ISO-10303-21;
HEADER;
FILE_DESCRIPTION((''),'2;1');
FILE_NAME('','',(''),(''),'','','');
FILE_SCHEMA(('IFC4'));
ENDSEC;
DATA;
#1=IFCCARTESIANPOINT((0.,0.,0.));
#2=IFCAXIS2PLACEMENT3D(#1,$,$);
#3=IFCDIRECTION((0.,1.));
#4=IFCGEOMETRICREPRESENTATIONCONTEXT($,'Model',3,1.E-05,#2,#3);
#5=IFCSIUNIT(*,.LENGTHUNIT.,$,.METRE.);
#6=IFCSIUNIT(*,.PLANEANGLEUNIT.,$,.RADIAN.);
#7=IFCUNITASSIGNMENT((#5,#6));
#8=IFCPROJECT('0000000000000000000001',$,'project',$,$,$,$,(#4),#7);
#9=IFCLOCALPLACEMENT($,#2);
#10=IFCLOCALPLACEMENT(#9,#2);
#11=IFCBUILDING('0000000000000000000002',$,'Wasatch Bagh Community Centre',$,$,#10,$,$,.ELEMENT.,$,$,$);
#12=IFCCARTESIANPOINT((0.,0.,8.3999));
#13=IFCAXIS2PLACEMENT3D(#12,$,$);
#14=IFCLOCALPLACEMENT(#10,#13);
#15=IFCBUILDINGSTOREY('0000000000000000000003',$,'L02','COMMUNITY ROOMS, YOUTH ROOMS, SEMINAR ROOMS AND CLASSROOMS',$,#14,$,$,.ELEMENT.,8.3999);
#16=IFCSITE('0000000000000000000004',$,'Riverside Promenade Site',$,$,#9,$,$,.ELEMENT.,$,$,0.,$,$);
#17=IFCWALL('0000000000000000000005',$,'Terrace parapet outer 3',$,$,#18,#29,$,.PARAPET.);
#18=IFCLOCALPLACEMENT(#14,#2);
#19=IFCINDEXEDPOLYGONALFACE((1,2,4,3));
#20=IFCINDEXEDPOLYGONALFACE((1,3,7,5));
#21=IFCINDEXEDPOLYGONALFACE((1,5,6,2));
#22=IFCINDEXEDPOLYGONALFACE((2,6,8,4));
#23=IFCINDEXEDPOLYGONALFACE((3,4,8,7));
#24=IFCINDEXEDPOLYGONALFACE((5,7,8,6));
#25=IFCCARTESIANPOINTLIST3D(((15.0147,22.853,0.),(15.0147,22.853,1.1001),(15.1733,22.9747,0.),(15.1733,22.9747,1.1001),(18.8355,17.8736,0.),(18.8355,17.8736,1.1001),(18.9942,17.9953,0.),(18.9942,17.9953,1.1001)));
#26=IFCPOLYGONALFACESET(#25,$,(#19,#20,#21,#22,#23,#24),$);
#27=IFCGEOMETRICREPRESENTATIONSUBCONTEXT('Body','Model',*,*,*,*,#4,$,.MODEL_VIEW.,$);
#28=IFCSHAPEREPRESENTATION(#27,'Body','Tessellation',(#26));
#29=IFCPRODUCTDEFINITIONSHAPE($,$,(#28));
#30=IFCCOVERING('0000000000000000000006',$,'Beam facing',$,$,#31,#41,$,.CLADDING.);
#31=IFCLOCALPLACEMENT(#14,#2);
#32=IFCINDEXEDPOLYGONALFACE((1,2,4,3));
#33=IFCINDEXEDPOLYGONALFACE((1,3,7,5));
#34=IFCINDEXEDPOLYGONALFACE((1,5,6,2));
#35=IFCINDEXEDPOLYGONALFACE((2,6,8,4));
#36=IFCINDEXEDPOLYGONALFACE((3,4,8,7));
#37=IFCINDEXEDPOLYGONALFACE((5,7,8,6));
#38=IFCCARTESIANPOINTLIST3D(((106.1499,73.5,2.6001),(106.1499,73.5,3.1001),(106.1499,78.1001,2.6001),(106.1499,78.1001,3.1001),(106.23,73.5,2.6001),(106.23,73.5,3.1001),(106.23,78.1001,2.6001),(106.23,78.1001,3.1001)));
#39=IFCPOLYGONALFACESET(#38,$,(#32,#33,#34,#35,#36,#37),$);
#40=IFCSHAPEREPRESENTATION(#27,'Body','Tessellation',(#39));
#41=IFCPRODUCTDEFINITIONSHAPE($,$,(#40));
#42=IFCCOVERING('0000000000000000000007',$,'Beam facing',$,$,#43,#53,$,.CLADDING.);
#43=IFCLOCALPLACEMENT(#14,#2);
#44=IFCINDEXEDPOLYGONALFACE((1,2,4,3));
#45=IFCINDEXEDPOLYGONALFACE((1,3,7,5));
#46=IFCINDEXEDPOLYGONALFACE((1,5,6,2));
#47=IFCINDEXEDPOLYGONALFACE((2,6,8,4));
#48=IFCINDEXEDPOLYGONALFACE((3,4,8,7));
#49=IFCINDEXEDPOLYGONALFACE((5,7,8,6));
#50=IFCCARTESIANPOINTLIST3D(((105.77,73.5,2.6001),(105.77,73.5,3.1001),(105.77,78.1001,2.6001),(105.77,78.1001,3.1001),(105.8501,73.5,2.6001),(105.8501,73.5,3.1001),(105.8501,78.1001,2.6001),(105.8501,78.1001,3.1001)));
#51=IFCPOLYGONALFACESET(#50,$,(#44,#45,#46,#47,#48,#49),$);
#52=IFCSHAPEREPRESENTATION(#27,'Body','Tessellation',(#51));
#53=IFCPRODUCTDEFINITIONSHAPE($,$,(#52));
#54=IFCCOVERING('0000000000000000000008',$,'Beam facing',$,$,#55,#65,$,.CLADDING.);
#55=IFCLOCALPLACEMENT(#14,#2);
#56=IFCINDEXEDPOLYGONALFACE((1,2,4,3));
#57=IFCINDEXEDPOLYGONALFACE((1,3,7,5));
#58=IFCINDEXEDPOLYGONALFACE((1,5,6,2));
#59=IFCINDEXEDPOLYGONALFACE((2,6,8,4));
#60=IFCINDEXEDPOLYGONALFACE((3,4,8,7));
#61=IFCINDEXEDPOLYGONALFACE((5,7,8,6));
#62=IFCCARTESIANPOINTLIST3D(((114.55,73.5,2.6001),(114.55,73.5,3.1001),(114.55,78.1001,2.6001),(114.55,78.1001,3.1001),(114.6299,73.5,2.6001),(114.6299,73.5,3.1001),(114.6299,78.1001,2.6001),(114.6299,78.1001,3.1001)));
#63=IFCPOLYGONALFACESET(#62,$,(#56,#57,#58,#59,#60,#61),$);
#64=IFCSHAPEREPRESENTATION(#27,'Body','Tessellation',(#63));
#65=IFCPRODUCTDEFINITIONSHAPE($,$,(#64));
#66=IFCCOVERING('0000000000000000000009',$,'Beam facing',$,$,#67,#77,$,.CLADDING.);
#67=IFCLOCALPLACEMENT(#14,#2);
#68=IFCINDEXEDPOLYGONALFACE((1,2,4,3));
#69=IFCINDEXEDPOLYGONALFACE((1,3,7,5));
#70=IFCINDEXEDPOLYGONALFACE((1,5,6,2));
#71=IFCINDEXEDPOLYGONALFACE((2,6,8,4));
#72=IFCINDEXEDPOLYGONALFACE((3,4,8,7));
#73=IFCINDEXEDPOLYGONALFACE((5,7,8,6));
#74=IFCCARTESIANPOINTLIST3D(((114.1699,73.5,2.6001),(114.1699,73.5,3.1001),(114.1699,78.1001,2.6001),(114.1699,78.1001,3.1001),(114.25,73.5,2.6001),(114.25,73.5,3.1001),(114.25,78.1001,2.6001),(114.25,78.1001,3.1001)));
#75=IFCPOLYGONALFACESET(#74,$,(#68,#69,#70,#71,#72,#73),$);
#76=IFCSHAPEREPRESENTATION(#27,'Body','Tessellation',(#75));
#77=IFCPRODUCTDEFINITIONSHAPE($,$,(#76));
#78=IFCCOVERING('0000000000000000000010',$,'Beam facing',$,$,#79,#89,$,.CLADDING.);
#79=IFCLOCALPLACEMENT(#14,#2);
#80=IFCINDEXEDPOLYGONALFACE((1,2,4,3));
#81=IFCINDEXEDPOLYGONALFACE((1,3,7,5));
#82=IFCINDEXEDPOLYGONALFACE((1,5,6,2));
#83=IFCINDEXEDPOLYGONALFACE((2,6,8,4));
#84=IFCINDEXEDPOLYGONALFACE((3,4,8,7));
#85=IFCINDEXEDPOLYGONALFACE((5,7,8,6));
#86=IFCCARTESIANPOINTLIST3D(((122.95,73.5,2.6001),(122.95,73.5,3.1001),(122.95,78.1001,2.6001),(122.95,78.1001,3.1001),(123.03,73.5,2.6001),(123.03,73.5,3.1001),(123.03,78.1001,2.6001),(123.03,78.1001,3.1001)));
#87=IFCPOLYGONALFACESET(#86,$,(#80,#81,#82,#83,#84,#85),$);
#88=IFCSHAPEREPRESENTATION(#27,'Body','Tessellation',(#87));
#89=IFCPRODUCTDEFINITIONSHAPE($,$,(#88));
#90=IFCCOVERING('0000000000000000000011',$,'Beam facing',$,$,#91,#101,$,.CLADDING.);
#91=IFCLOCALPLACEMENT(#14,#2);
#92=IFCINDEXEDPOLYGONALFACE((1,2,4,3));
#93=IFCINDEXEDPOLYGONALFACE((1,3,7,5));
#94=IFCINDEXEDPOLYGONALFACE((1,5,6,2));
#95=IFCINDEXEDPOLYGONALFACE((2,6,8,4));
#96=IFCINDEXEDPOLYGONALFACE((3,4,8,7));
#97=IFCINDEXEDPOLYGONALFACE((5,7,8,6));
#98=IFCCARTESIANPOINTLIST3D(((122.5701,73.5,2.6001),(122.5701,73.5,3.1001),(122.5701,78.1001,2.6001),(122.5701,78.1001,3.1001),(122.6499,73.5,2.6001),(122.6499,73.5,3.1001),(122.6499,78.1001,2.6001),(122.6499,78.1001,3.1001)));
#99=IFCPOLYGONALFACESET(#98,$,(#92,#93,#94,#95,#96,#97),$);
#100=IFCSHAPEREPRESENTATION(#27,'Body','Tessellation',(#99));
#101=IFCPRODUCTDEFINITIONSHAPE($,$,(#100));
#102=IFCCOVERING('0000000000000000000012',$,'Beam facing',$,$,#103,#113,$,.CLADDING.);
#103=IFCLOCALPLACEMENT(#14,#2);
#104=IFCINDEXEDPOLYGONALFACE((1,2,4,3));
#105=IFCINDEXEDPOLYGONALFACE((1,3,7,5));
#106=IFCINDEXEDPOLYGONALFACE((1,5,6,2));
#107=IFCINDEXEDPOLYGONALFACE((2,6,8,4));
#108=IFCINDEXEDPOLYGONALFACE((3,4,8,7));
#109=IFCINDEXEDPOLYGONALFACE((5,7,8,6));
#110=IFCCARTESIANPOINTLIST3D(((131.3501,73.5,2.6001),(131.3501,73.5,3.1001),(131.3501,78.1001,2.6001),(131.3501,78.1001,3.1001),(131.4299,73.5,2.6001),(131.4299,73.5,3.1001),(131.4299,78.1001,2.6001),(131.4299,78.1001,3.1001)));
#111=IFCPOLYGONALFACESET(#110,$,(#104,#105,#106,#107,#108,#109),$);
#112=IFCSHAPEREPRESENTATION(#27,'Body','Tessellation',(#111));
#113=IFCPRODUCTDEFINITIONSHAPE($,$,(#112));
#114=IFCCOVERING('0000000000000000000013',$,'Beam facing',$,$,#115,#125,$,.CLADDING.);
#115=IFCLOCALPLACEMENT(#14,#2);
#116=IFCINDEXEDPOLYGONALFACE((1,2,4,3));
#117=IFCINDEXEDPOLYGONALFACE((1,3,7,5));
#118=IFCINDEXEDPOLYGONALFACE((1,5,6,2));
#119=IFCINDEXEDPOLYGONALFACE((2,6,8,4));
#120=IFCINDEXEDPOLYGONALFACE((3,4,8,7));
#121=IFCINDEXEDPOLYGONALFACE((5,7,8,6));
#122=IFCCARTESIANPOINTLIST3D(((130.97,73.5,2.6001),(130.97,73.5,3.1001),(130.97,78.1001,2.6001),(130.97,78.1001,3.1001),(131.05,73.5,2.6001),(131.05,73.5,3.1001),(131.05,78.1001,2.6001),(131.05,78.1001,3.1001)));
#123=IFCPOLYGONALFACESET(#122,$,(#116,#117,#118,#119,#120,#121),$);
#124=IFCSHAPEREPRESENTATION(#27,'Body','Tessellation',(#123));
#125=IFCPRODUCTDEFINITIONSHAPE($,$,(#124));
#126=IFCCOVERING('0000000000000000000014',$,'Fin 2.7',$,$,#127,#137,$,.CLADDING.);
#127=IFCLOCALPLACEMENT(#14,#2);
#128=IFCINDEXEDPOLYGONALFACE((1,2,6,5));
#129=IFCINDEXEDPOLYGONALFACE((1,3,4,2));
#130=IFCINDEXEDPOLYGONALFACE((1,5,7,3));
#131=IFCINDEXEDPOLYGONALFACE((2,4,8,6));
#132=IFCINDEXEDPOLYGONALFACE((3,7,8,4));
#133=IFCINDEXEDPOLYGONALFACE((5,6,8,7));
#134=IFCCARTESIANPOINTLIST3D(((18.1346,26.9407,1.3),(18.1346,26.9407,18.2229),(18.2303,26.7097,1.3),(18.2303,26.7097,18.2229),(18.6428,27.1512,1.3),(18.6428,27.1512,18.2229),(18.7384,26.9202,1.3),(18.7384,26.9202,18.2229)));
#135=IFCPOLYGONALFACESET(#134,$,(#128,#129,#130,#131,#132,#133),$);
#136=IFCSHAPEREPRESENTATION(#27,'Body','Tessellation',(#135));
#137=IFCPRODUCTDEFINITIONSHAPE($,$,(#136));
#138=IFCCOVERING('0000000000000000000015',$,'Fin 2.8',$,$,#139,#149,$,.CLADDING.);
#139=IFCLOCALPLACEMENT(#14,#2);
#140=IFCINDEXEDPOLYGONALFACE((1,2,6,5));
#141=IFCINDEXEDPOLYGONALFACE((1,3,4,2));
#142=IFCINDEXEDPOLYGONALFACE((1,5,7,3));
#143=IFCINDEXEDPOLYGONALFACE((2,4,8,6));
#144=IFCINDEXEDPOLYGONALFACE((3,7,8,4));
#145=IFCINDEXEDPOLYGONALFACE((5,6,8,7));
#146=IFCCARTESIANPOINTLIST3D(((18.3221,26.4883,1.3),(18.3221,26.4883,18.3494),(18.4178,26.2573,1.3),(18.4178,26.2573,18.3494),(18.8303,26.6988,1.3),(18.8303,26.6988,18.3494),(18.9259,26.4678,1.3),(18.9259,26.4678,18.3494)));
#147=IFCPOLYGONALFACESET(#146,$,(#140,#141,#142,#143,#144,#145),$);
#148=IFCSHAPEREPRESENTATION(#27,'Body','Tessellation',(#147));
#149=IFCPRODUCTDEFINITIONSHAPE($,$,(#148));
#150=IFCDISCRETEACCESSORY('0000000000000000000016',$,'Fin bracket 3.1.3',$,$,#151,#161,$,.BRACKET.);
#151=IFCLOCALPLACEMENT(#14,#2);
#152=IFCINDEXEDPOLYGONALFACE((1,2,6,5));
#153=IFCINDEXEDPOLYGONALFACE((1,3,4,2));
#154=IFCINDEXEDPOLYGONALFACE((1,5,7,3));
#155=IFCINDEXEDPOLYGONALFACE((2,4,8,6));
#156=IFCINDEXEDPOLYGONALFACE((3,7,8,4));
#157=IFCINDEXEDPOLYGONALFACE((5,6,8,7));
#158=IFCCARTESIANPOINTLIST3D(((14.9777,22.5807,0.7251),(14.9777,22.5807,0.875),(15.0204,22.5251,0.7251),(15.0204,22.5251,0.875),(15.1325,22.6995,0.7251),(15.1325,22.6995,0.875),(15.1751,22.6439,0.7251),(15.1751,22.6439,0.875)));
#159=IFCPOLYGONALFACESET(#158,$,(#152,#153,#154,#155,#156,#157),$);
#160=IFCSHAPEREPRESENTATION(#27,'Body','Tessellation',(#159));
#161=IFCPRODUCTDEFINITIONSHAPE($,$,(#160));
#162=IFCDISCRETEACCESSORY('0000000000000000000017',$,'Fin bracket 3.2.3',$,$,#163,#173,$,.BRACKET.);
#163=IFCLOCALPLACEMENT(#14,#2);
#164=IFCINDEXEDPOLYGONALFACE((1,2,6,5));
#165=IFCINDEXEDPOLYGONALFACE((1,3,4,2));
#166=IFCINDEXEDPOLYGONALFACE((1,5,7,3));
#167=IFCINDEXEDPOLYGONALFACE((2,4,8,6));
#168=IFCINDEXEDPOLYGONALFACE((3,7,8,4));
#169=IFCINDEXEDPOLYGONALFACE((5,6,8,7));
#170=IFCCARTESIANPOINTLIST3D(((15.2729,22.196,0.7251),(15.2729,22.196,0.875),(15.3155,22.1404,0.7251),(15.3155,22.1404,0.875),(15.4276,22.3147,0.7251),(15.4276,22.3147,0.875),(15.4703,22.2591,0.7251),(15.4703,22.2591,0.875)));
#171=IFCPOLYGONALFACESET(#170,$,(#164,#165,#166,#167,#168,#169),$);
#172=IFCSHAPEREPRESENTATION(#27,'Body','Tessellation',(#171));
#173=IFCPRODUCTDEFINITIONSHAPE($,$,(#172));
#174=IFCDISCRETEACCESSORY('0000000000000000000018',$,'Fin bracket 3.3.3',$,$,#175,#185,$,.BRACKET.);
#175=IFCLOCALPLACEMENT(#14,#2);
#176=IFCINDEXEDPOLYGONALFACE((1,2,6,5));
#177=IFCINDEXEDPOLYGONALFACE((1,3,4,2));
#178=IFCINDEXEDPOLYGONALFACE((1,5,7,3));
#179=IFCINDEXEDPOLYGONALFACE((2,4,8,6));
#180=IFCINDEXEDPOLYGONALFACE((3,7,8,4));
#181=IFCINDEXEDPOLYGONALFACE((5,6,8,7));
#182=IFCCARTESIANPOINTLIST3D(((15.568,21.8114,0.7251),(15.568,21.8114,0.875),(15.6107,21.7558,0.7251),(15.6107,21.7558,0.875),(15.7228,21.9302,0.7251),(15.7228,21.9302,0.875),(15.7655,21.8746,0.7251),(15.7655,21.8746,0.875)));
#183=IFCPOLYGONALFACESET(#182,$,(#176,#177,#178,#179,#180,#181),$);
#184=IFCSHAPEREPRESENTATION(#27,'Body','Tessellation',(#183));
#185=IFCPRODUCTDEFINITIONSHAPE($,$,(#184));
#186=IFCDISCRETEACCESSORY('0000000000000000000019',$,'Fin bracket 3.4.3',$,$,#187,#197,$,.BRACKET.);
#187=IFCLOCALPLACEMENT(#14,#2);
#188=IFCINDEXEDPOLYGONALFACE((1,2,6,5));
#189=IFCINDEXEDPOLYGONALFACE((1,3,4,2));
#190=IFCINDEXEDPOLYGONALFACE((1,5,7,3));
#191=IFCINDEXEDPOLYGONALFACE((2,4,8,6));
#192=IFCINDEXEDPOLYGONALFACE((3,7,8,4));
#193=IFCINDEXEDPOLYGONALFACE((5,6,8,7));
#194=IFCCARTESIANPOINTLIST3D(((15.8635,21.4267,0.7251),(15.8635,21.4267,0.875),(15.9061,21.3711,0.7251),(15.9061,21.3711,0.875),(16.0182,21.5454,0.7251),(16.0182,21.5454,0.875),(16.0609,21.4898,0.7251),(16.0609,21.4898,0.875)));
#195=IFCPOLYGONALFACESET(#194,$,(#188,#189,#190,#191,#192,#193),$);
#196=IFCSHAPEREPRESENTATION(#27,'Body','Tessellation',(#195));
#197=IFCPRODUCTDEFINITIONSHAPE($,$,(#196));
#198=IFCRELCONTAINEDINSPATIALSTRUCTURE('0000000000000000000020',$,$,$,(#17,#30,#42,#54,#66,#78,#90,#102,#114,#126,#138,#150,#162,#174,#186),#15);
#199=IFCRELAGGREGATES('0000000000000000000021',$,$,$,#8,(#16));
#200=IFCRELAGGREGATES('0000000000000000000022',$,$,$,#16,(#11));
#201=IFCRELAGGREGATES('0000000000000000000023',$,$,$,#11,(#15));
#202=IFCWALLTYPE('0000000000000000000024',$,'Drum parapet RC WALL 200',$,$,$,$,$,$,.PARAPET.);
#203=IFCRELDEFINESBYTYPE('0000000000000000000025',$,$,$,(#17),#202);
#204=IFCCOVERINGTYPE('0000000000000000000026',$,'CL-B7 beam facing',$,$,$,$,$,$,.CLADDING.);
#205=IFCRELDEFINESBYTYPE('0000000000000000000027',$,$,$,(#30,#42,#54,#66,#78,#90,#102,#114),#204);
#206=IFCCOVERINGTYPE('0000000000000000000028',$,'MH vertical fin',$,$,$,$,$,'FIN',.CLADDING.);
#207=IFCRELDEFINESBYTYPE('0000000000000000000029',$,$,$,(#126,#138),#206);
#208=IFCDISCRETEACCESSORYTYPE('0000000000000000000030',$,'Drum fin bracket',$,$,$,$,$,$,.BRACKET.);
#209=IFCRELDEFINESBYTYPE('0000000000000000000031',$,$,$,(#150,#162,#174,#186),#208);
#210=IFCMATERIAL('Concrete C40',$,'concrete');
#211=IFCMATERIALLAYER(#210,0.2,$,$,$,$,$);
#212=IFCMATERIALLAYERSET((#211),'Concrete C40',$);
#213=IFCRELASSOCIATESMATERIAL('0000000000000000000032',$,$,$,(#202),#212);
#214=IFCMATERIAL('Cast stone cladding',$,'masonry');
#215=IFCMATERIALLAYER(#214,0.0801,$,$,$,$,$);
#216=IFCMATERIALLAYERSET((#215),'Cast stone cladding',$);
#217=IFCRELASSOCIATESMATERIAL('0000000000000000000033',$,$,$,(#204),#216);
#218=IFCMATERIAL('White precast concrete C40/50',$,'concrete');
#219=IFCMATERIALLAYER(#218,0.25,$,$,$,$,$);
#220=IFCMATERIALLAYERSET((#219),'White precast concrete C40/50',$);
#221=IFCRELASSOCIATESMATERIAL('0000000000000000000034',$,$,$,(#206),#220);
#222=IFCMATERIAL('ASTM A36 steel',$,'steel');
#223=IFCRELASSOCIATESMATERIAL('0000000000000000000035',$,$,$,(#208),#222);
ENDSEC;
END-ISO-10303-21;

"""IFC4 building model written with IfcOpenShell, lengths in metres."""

from ifc_helpers import new_model, si_unit, direction, frame, frame_2d, origin, origin_2d, place, context, subcontext, project, spatial, polyline, rectangle, outline, extrude, material, layer, layer_set, type_object, element, save


model = new_model("IFC4")

# Units and contexts
model_context = context("Model", 3, precision=1e-05, world=origin(), true_north=direction((0.0, 1.0)))
body_context = subcontext(model_context, "Body", "Model", "MODEL_VIEW")
ifc_project = project(units=[si_unit("LENGTHUNIT", "METRE"), si_unit("PLANEANGLEUNIT", "RADIAN")], contexts=[model_context])

# Site, building, storey
site_placement = place(None, origin())
site = spatial("IfcSite", under=ifc_project, at=site_placement, Name="Riverside Promenade Site", CompositionType="ELEMENT", RefElevation=0.0)
building_placement = place(site_placement, origin())
building = spatial("IfcBuilding", under=site, at=building_placement, Name="Wasatch Bagh Community Centre", CompositionType="ELEMENT")
storey_placement = place(building_placement, frame((0.0, 0.0, 8.3999)))
storey = spatial("IfcBuildingStorey", under=building, at=storey_placement, Name="L02", Description="COMMUNITY ROOMS, YOUTH ROOMS, SEMINAR ROOMS AND CLASSROOMS", CompositionType="ELEMENT", Elevation=8.3999)

# Wall
ifc_material_1 = material(Name="Concrete C40", Category="concrete")
ifc_layer_1 = layer(ifc_material_1, 0.2)
ifc_layer_set_1 = layer_set([ifc_layer_1], Name="Concrete C40")
wall_type = type_object("IfcWallType", Name="Drum parapet RC WALL 200", PredefinedType="PARAPET", material=ifc_layer_set_1)
wall_placement = place(storey_placement, frame((15.094, 22.9138, 0.0), z_axis=(0.0, 0.0, 1.0), x_axis=(0.60877, -0.793346, 0.0)))
element("IfcWall", 1, at=wall_placement, inside=storey, type_object=wall_type, Name="Terrace parapet outer 3", PredefinedType="PARAPET", context=body_context, shape_type="SweptSolid", body=[
    extrude(rectangle(XDim=6.2764, YDim=0.2, at=frame_2d((3.1382, 0.0))), origin(), (0.0, 0.0, 1.0), 1.1001),
])

# Coverings
ifc_material_2 = material(Name="Cast stone cladding", Category="masonry")
ifc_layer_2 = layer(ifc_material_2, 0.0801)
ifc_layer_set_2 = layer_set([ifc_layer_2], Name="Cast stone cladding")
covering_type_1 = type_object("IfcCoveringType", Name="CL-B7 beam facing", PredefinedType="CLADDING", material=ifc_layer_set_2)
covering_1_placement = place(storey_placement, frame((0.0, 0.0, 2.6001)))
element("IfcCovering", 2, at=covering_1_placement, inside=storey, type_object=covering_type_1, Name="Beam facing", PredefinedType="CLADDING", context=body_context, shape_type="SweptSolid", body=[
    extrude(outline(polyline([(106.1499, 78.1001), (106.1499, 73.5), (106.23, 73.5), (106.23, 78.1001), (106.1499, 78.1001)])), origin(), (0.0, 0.0, 1.0), 0.5),
])
covering_2_placement = place(storey_placement, frame((0.0, 0.0, 2.6001)))
element("IfcCovering", 3, at=covering_2_placement, inside=storey, type_object=covering_type_1, Name="Beam facing", PredefinedType="CLADDING", context=body_context, shape_type="SweptSolid", body=[
    extrude(outline(polyline([(105.8501, 78.1001), (105.8501, 73.5), (105.77, 73.5), (105.77, 78.1001), (105.8501, 78.1001)])), origin(), (0.0, 0.0, 1.0), 0.5),
])
covering_3_placement = place(storey_placement, frame((0.0, 0.0, 2.6001)))
element("IfcCovering", 4, at=covering_3_placement, inside=storey, type_object=covering_type_1, Name="Beam facing", PredefinedType="CLADDING", context=body_context, shape_type="SweptSolid", body=[
    extrude(outline(polyline([(114.55, 78.1001), (114.55, 73.5), (114.6299, 73.5), (114.6299, 78.1001), (114.55, 78.1001)])), origin(), (0.0, 0.0, 1.0), 0.5),
])
covering_4_placement = place(storey_placement, frame((0.0, 0.0, 2.6001)))
element("IfcCovering", 5, at=covering_4_placement, inside=storey, type_object=covering_type_1, Name="Beam facing", PredefinedType="CLADDING", context=body_context, shape_type="SweptSolid", body=[
    extrude(outline(polyline([(114.25, 78.1001), (114.25, 73.5), (114.1699, 73.5), (114.1699, 78.1001), (114.25, 78.1001)])), origin(), (0.0, 0.0, 1.0), 0.5),
])
covering_5_placement = place(storey_placement, frame((0.0, 0.0, 2.6001)))
element("IfcCovering", 6, at=covering_5_placement, inside=storey, type_object=covering_type_1, Name="Beam facing", PredefinedType="CLADDING", context=body_context, shape_type="SweptSolid", body=[
    extrude(outline(polyline([(122.95, 78.1001), (122.95, 73.5), (123.03, 73.5), (123.03, 78.1001), (122.95, 78.1001)])), origin(), (0.0, 0.0, 1.0), 0.5),
])
covering_6_placement = place(storey_placement, frame((0.0, 0.0, 2.6001)))
element("IfcCovering", 7, at=covering_6_placement, inside=storey, type_object=covering_type_1, Name="Beam facing", PredefinedType="CLADDING", context=body_context, shape_type="SweptSolid", body=[
    extrude(outline(polyline([(122.6499, 78.1001), (122.6499, 73.5), (122.5701, 73.5), (122.5701, 78.1001), (122.6499, 78.1001)])), origin(), (0.0, 0.0, 1.0), 0.5),
])
covering_7_placement = place(storey_placement, frame((0.0, 0.0, 2.6001)))
element("IfcCovering", 8, at=covering_7_placement, inside=storey, type_object=covering_type_1, Name="Beam facing", PredefinedType="CLADDING", context=body_context, shape_type="SweptSolid", body=[
    extrude(outline(polyline([(131.3501, 78.1001), (131.3501, 73.5), (131.4299, 73.5), (131.4299, 78.1001), (131.3501, 78.1001)])), origin(), (0.0, 0.0, 1.0), 0.5),
])
covering_8_placement = place(storey_placement, frame((0.0, 0.0, 2.6001)))
element("IfcCovering", 9, at=covering_8_placement, inside=storey, type_object=covering_type_1, Name="Beam facing", PredefinedType="CLADDING", context=body_context, shape_type="SweptSolid", body=[
    extrude(outline(polyline([(131.05, 78.1001), (131.05, 73.5), (130.97, 73.5), (130.97, 78.1001), (131.05, 78.1001)])), origin(), (0.0, 0.0, 1.0), 0.5),
])
ifc_material_3 = material(Name="White precast concrete C40/50", Category="concrete")
ifc_layer_3 = layer(ifc_material_3, 0.25)
ifc_layer_set_3 = layer_set([ifc_layer_3], Name="White precast concrete C40/50")
covering_type_2 = type_object("IfcCoveringType", Name="MH vertical fin", ElementType="FIN", PredefinedType="CLADDING", material=ifc_layer_set_3)
covering_9_placement = place(storey_placement, frame((18.4365, 26.9304, 1.3), z_axis=(0.0, 0.0, 1.0), x_axis=(0.382683, -0.92388, 0.0)))
element("IfcCovering", 10, at=covering_9_placement, inside=storey, type_object=covering_type_2, Name="Fin 2.7", PredefinedType="CLADDING", context=body_context, shape_type="SweptSolid", body=[
    extrude(rectangle(XDim=0.25, YDim=0.55, at=origin_2d()), origin(), (0.0, 0.0, 1.0), 16.9229),
])
covering_10_placement = place(storey_placement, frame((18.624, 26.478, 1.3), z_axis=(0.0, 0.0, 1.0), x_axis=(0.382683, -0.92388, 0.0)))
element("IfcCovering", 11, at=covering_10_placement, inside=storey, type_object=covering_type_2, Name="Fin 2.8", PredefinedType="CLADDING", context=body_context, shape_type="SweptSolid", body=[
    extrude(rectangle(XDim=0.25, YDim=0.55, at=origin_2d()), origin(), (0.0, 0.0, 1.0), 17.0493),
])

# Discrete accessories
ifc_material_4 = material(Name="ASTM A36 steel", Category="steel")
discrete_accessory_type_1 = type_object("IfcDiscreteAccessoryType", Name="Drum fin bracket", PredefinedType="BRACKET", material=ifc_material_4)
for number, where, z_axis, x_axis, name in (
    (12, (15.0764, 22.6123, 0.7251), (0.0, 0.0, 1.0), (0.608761, -0.793353, 0.0), "Fin bracket 3.1.3"),
    (13, (15.3716, 22.2275, 0.7251), (0.0, 0.0, 1.0), (0.608761, -0.793353, 0.0), "Fin bracket 3.2.3"),
    (14, (15.6667, 21.843, 0.7251), (0.0, 0.0, 1.0), (0.608761, -0.793353, 0.0), "Fin bracket 3.3.3"),
    (15, (15.9622, 21.4583, 0.7251), (0.0, 0.0, 1.0), (0.608761, -0.793353, 0.0), "Fin bracket 3.4.3"),
):
    element("IfcDiscreteAccessory", number, at=place(storey_placement, frame(where, z_axis=z_axis, x_axis=x_axis)), inside=storey, type_object=discrete_accessory_type_1, Name=name, PredefinedType="BRACKET", context=body_context, shape_type="SweptSolid", body=[
        extrude(rectangle(XDim=0.0701, YDim=0.1951, at=origin_2d()), origin(), (0.0, 0.0, 1.0), 0.1499),
    ])

save(model, "model.ifc")
